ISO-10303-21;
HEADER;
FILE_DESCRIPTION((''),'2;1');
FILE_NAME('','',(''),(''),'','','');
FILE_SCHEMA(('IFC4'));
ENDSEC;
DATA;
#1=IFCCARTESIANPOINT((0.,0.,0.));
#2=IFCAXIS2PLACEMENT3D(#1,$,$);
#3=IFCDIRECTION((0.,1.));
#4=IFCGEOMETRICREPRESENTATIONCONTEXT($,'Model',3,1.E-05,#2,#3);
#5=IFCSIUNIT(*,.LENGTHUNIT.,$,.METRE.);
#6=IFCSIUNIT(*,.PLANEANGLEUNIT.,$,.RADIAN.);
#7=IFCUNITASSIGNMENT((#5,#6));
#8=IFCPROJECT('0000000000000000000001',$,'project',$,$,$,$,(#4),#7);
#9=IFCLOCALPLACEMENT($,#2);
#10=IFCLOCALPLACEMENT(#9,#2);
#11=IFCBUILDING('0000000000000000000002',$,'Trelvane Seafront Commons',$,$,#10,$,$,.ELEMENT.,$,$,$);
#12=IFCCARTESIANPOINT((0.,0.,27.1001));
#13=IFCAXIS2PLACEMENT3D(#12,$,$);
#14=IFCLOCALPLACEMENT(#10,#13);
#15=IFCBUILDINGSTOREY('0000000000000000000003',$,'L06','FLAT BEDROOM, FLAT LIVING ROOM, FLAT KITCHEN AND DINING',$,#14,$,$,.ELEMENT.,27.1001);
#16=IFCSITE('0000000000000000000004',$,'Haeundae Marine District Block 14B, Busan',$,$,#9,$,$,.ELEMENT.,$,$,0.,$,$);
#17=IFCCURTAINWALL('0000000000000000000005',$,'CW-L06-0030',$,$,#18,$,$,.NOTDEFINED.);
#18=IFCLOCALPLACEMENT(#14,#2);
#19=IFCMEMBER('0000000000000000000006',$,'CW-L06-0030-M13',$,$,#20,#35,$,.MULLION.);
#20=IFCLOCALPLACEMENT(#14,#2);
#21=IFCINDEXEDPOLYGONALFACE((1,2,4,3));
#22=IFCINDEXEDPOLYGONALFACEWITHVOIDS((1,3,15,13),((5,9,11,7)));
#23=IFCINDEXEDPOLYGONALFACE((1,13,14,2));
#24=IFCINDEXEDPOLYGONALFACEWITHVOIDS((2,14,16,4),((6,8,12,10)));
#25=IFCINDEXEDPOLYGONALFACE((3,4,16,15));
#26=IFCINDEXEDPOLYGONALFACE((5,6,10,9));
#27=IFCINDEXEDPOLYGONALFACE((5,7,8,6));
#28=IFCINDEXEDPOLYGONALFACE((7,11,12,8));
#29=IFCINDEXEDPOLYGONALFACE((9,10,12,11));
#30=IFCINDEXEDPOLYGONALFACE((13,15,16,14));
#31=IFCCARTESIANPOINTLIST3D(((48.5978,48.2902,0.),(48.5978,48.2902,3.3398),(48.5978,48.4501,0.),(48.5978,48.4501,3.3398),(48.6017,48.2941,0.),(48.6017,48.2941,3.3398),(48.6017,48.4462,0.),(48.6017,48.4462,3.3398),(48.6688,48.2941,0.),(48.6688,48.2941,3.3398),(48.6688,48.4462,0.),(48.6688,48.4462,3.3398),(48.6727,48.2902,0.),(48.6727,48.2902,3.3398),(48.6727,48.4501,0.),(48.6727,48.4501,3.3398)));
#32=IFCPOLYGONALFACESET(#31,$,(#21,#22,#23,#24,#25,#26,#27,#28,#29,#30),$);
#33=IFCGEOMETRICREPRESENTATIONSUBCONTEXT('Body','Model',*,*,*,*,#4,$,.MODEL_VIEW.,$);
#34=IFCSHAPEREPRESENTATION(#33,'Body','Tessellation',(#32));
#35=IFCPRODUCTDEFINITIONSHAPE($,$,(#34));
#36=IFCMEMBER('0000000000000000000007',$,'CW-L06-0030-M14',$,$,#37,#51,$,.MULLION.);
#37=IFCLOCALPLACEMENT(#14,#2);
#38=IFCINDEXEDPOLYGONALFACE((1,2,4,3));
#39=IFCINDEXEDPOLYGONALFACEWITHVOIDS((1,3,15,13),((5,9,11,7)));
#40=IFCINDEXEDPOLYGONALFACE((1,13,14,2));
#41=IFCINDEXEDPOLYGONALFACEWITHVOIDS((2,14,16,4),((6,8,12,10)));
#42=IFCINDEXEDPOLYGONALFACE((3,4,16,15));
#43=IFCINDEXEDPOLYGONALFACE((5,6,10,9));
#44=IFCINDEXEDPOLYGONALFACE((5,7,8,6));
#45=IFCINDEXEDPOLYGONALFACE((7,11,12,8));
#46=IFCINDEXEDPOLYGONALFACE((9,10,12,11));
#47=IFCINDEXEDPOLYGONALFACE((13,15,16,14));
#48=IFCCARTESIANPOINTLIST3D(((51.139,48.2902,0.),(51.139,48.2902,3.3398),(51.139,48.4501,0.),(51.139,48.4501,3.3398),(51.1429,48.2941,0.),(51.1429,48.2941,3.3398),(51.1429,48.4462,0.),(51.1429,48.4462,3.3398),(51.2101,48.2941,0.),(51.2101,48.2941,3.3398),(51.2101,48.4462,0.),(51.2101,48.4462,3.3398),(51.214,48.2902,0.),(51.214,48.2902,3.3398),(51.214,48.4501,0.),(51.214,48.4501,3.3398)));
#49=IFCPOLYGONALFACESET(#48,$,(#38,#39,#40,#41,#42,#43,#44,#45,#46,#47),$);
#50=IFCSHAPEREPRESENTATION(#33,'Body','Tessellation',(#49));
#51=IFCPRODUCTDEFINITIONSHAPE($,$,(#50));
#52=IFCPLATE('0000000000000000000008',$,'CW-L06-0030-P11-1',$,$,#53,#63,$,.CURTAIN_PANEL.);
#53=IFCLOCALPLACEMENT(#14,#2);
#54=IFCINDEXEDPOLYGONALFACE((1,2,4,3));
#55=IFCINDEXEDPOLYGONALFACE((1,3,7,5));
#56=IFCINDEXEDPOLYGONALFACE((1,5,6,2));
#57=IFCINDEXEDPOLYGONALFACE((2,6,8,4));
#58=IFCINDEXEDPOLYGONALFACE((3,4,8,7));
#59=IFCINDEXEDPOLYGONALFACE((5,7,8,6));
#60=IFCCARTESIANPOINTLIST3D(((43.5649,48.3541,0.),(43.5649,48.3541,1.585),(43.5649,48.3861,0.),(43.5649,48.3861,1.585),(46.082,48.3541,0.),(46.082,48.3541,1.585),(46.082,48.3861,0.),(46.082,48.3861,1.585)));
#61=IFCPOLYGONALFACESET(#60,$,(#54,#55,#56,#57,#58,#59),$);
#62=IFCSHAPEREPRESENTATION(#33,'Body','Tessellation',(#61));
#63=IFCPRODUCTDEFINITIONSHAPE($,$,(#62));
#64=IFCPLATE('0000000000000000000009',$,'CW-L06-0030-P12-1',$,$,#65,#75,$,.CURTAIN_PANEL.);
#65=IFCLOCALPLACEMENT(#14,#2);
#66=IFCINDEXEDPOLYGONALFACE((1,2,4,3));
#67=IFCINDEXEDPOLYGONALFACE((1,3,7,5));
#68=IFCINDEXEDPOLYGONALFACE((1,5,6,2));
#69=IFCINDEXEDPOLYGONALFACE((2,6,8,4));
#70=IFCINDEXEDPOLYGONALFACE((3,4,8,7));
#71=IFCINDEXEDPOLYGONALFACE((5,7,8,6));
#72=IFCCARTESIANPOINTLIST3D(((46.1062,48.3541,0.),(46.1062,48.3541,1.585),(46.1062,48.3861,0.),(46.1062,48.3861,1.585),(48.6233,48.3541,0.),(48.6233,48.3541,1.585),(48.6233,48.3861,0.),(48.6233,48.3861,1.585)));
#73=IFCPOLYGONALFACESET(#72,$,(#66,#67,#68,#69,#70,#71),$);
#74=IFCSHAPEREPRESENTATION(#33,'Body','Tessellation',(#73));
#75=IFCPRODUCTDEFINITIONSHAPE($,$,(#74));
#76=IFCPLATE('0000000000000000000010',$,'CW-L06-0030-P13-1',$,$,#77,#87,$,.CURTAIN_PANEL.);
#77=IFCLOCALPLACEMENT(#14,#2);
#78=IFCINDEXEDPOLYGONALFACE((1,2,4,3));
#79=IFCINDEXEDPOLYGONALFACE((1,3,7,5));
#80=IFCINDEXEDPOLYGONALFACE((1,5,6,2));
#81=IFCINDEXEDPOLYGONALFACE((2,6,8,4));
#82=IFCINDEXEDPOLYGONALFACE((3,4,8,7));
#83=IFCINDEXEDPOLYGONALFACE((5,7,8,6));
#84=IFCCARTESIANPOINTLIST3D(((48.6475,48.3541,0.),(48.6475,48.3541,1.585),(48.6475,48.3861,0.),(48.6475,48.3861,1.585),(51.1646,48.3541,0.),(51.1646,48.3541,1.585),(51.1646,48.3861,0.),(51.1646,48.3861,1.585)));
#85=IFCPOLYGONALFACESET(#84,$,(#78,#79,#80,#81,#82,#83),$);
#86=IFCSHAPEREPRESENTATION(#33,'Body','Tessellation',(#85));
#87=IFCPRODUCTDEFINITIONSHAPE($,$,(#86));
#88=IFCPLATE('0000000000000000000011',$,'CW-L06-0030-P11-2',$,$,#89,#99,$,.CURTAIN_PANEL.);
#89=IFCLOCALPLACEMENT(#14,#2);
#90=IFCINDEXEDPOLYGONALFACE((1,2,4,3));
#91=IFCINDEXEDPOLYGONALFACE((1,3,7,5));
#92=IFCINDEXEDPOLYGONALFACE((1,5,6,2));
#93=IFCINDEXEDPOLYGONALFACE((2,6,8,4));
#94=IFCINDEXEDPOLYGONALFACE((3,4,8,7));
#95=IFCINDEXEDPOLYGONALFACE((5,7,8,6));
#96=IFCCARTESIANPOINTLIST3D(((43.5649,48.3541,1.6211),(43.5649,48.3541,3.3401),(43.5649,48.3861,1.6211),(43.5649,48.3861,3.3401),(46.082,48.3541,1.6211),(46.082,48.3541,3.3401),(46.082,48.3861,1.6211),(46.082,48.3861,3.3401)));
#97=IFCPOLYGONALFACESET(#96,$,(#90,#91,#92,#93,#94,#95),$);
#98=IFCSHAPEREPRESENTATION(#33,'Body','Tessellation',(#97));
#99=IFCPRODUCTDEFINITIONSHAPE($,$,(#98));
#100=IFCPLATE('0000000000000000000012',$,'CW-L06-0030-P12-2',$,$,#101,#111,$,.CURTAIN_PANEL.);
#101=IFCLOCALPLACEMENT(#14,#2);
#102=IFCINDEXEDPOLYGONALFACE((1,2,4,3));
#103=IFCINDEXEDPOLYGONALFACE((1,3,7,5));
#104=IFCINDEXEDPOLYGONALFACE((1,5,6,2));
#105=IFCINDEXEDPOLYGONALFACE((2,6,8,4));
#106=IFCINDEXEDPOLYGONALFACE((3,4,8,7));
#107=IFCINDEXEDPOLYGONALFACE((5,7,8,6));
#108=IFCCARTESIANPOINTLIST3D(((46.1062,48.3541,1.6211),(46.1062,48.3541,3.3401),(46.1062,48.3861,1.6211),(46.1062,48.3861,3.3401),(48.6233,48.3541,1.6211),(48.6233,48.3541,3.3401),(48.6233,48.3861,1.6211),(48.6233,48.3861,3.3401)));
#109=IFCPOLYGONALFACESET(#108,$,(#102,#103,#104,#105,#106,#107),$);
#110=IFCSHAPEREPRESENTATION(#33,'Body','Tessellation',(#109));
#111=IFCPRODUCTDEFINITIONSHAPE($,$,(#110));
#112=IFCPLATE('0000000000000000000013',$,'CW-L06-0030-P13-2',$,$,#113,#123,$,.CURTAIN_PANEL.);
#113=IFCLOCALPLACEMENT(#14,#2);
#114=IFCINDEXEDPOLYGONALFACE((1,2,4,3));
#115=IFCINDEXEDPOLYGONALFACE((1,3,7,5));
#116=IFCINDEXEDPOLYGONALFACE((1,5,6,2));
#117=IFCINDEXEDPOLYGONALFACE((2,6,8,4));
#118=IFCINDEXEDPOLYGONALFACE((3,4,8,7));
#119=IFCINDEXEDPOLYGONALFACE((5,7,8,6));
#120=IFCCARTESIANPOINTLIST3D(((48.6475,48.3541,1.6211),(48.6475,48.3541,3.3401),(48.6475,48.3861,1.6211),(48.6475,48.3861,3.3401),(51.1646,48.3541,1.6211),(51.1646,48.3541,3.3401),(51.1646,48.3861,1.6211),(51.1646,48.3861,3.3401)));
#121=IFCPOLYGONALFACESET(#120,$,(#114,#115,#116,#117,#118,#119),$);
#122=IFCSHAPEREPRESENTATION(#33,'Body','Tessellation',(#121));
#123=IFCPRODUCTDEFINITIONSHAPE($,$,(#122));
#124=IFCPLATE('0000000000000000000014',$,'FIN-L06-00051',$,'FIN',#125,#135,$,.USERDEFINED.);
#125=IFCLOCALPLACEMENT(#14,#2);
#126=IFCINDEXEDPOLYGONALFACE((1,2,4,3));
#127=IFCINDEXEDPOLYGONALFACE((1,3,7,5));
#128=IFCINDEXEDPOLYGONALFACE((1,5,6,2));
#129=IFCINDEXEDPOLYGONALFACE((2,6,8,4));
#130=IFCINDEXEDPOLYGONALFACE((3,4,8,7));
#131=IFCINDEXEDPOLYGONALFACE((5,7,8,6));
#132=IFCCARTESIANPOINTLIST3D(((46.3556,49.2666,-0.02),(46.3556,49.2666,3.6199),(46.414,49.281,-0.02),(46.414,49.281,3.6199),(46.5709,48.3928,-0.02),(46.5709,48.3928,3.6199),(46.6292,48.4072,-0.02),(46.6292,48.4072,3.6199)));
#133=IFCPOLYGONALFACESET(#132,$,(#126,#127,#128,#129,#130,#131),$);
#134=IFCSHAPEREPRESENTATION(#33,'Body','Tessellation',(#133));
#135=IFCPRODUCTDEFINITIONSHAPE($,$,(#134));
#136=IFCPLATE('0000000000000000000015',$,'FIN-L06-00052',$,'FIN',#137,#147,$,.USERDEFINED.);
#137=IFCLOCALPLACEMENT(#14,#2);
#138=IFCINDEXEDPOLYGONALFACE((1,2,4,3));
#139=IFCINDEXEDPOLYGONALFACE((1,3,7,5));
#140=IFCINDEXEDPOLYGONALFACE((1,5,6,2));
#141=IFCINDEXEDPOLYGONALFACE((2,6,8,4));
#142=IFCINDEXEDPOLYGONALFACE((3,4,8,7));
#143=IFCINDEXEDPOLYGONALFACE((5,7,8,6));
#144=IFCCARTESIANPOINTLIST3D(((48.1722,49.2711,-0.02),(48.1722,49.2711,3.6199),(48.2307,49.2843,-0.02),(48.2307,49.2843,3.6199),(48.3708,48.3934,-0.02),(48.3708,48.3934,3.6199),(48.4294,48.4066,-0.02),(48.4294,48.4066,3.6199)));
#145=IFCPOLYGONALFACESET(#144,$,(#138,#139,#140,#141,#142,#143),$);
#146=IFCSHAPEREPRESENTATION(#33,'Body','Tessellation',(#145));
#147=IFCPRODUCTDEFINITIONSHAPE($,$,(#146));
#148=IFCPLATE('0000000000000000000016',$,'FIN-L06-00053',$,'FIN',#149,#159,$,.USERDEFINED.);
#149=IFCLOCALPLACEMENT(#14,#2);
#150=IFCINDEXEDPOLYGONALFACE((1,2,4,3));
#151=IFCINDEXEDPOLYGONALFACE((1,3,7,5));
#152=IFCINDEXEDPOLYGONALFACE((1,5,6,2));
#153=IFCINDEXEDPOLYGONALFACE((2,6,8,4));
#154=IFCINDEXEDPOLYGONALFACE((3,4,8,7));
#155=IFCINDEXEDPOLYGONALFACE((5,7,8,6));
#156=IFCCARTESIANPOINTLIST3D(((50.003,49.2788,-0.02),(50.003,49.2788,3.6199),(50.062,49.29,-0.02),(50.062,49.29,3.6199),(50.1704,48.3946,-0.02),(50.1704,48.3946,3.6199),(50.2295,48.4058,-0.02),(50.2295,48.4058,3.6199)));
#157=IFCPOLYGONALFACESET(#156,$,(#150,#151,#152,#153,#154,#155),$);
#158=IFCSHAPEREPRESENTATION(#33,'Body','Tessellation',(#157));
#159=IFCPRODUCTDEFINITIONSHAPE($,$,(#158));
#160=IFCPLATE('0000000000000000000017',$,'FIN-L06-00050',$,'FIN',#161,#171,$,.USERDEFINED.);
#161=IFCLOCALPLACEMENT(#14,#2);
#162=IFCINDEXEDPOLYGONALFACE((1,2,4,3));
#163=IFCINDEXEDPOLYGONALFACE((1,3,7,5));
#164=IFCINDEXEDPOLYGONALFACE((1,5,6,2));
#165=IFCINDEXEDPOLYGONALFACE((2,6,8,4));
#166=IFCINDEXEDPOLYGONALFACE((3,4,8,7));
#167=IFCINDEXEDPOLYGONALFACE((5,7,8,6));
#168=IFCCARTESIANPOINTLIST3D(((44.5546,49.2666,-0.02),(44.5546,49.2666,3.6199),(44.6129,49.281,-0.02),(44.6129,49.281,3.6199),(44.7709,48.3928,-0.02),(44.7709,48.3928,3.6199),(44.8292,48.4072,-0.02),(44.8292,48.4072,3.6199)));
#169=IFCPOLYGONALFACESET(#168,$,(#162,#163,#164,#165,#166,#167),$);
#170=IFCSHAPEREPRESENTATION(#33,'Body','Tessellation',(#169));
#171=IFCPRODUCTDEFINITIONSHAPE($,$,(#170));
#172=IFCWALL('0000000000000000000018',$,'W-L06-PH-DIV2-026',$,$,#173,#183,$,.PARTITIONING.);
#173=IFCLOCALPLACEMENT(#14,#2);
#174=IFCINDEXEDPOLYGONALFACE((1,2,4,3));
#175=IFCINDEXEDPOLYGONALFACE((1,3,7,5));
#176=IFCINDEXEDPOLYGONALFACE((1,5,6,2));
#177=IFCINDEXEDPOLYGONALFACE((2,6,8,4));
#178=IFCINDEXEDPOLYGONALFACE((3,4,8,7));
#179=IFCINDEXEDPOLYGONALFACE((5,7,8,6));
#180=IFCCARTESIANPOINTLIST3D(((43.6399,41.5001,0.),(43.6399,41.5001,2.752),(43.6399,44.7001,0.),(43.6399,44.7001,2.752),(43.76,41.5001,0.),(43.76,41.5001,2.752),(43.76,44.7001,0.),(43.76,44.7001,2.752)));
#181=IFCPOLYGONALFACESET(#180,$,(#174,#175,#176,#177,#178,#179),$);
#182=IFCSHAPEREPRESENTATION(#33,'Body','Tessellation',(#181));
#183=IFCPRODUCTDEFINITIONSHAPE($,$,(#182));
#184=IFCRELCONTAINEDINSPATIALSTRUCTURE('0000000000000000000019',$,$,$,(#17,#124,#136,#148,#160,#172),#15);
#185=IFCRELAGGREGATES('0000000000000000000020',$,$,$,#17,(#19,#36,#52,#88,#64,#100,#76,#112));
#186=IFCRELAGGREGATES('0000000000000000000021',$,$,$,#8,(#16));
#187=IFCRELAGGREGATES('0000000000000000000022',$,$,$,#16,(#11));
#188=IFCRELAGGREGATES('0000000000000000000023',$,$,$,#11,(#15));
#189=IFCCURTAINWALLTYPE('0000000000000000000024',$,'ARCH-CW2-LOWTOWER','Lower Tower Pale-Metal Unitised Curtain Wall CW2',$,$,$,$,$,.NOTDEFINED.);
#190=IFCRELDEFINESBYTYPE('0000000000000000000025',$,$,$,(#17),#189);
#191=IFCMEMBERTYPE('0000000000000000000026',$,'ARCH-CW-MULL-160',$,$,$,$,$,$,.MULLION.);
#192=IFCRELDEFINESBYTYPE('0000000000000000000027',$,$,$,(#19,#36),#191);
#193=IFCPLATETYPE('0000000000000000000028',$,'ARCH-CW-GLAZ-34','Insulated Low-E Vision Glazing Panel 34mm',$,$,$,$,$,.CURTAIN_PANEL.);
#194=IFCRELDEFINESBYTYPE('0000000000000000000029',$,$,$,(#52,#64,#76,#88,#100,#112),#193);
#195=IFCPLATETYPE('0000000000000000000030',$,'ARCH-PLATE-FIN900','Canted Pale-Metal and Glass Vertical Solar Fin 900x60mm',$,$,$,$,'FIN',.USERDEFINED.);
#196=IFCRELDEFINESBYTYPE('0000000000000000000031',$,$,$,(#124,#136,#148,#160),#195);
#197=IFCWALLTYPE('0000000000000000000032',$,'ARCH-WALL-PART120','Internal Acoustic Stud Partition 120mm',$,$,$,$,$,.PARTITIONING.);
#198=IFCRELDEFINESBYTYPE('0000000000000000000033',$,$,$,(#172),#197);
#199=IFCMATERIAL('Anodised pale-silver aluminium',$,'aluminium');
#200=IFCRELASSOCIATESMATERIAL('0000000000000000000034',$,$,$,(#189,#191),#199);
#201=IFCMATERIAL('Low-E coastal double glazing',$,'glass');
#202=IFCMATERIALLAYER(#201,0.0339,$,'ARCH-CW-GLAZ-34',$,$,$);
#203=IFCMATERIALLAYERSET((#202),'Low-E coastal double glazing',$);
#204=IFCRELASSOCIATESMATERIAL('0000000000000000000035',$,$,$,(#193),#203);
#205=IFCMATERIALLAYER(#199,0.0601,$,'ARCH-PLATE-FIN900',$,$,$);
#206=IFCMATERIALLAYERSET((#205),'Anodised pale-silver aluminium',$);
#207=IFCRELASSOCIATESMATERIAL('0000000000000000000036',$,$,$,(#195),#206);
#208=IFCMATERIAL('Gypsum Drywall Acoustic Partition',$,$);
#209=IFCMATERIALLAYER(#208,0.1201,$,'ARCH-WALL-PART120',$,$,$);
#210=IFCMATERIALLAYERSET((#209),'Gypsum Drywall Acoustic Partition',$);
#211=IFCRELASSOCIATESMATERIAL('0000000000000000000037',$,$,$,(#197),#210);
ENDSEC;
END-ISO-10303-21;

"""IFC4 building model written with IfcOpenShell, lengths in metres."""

from ifc_helpers import new_model, si_unit, direction, frame, frame_2d, origin, origin_2d, place, context, subcontext, project, spatial, rectangle, hollow_rectangle, extrude, source, transform, mapped, material, layer, layer_set, material_profile, profile_set, type_object, element, aggregate, save


model = new_model("IFC4")

# Units and contexts
model_context = context("Model", 3, precision=1e-05, world=origin(), true_north=direction((0.0, 1.0)))
body_context = subcontext(model_context, "Body", "Model", "MODEL_VIEW")
ifc_project = project(units=[si_unit("LENGTHUNIT", "METRE"), si_unit("PLANEANGLEUNIT", "RADIAN")], contexts=[model_context])

# Site, building, storey
site_placement = place(None, origin())
site = spatial("IfcSite", under=ifc_project, at=site_placement, Name="Haeundae Marine District Block 14B, Busan", CompositionType="ELEMENT", RefElevation=0.0)
building_placement = place(site_placement, origin())
building = spatial("IfcBuilding", under=site, at=building_placement, Name="Trelvane Seafront Commons", CompositionType="ELEMENT")
storey_placement = place(building_placement, frame((0.0, 0.0, 27.1001)))
storey = spatial("IfcBuildingStorey", under=building, at=storey_placement, Name="L06", Description="FLAT BEDROOM, FLAT LIVING ROOM, FLAT KITCHEN AND DINING", CompositionType="ELEMENT", Elevation=27.1001)

# Curtain wall, members, plates
ifc_material_1 = material(Name="Anodised pale-silver aluminium", Category="aluminium")
curtain_wall_type = type_object("IfcCurtainWallType", Name="ARCH-CW2-LOWTOWER", Description="Lower Tower Pale-Metal Unitised Curtain Wall CW2", PredefinedType="NOTDEFINED", material=ifc_material_1)
curtain_wall_placement = place(storey_placement, origin())
curtain_wall = element("IfcCurtainWall", 1, at=curtain_wall_placement, inside=storey, type_object=curtain_wall_type, Name="CW-L06-0030", PredefinedType="NOTDEFINED")
ifc_material_profile_1 = material_profile(ifc_material_1, hollow_rectangle(XDim=0.075, YDim=0.1599, WallThickness=0.0039, at=origin_2d()), Name="MULL-75x160x4")
ifc_profile_set_1 = profile_set([ifc_material_profile_1], Name="Anodised pale-silver aluminium")
member_type_1 = type_object("IfcMemberType", Name="ARCH-CW-MULL-160", PredefinedType="MULLION", material=ifc_profile_set_1)
shared_shape_1 = source(origin(), body_context, "Body", "SweptSolid", [
    extrude(hollow_rectangle(XDim=0.075, YDim=0.1599, WallThickness=0.0039, at=origin_2d()), origin(), (0.0, 0.0, 1.0), 3.3398),
])
member_1_placement = place(storey_placement, frame((48.6353, 48.3701, 0.0), z_axis=(0.0, 0.0, 1.0), x_axis=(1.0, 0.0, 0.0)))
member_1 = element("IfcMember", 2, at=member_1_placement, type_object=member_type_1, Name="CW-L06-0030-M13", PredefinedType="MULLION", context=body_context, shape_type="MappedRepresentation", body=[
    mapped(shared_shape_1, transform((0.0, 0.0, 0.0), x_axis=(1.0, 0.0, 0.0), y_axis=(0.0, 1.0, 0.0), z_axis=(0.0, 0.0, 1.0), scale=1.0)),
])
member_2_placement = place(storey_placement, frame((51.1765, 48.3701, 0.0), z_axis=(0.0, 0.0, 1.0), x_axis=(1.0, 0.0, 0.0)))
member_2 = element("IfcMember", 3, at=member_2_placement, type_object=member_type_1, Name="CW-L06-0030-M14", PredefinedType="MULLION", context=body_context, shape_type="MappedRepresentation", body=[
    mapped(shared_shape_1, transform((0.0, 0.0, 0.0), x_axis=(1.0, 0.0, 0.0), y_axis=(0.0, 1.0, 0.0), z_axis=(0.0, 0.0, 1.0), scale=1.0)),
])
ifc_material_2 = material(Name="Low-E coastal double glazing", Category="glass")
ifc_layer_1 = layer(ifc_material_2, 0.0339, Name="ARCH-CW-GLAZ-34")
ifc_layer_set_1 = layer_set([ifc_layer_1], Name="Low-E coastal double glazing")
plate_type_1 = type_object("IfcPlateType", Name="ARCH-CW-GLAZ-34", Description="Insulated Low-E Vision Glazing Panel 34mm", PredefinedType="CURTAIN_PANEL", material=ifc_layer_set_1)
shared_shape_2 = source(origin(), body_context, "Body", "SweptSolid", [
    extrude(rectangle(XDim=2.5171, YDim=0.032, at=origin_2d()), origin(), (0.0, 0.0, 1.0), 1.585),
])
plate_1_placement = place(storey_placement, frame((44.8235, 48.3701, 0.0), z_axis=(0.0, 0.0, 1.0), x_axis=(1.0, 0.0, 0.0)))
plate_1 = element("IfcPlate", 4, at=plate_1_placement, type_object=plate_type_1, Name="CW-L06-0030-P11-1", PredefinedType="CURTAIN_PANEL", context=body_context, shape_type="MappedRepresentation", body=[
    mapped(shared_shape_2, transform((0.0, 0.0, 0.0), x_axis=(1.0, 0.0, 0.0), y_axis=(0.0, 1.0, 0.0), z_axis=(0.0, 0.0, 1.0), scale=1.0)),
])
plate_2_placement = place(storey_placement, frame((47.3647, 48.3701, 0.0), z_axis=(0.0, 0.0, 1.0), x_axis=(1.0, 0.0, 0.0)))
plate_2 = element("IfcPlate", 5, at=plate_2_placement, type_object=plate_type_1, Name="CW-L06-0030-P12-1", PredefinedType="CURTAIN_PANEL", context=body_context, shape_type="MappedRepresentation", body=[
    mapped(shared_shape_2, transform((0.0, 0.0, 0.0), x_axis=(1.0, 0.0, 0.0), y_axis=(0.0, 1.0, 0.0), z_axis=(0.0, 0.0, 1.0), scale=1.0)),
])
plate_3_placement = place(storey_placement, frame((49.906, 48.3701, 0.0), z_axis=(0.0, 0.0, 1.0), x_axis=(1.0, 0.0, 0.0)))
plate_3 = element("IfcPlate", 6, at=plate_3_placement, type_object=plate_type_1, Name="CW-L06-0030-P13-1", PredefinedType="CURTAIN_PANEL", context=body_context, shape_type="MappedRepresentation", body=[
    mapped(shared_shape_2, transform((0.0, 0.0, 0.0), x_axis=(1.0, 0.0, 0.0), y_axis=(0.0, 1.0, 0.0), z_axis=(0.0, 0.0, 1.0), scale=1.0)),
])
shared_shape_3 = source(origin(), body_context, "Body", "SweptSolid", [
    extrude(rectangle(XDim=2.5171, YDim=0.032, at=origin_2d()), origin(), (0.0, 0.0, 1.0), 1.719),
])
plate_4_placement = place(storey_placement, frame((44.8235, 48.3701, 1.6211), z_axis=(0.0, 0.0, 1.0), x_axis=(1.0, 0.0, 0.0)))
plate_4 = element("IfcPlate", 7, at=plate_4_placement, type_object=plate_type_1, Name="CW-L06-0030-P11-2", PredefinedType="CURTAIN_PANEL", context=body_context, shape_type="MappedRepresentation", body=[
    mapped(shared_shape_3, transform((0.0, 0.0, 0.0), x_axis=(1.0, 0.0, 0.0), y_axis=(0.0, 1.0, 0.0), z_axis=(0.0, 0.0, 1.0), scale=1.0)),
])
plate_5_placement = place(storey_placement, frame((47.3647, 48.3701, 1.6211), z_axis=(0.0, 0.0, 1.0), x_axis=(1.0, 0.0, 0.0)))
plate_5 = element("IfcPlate", 8, at=plate_5_placement, type_object=plate_type_1, Name="CW-L06-0030-P12-2", PredefinedType="CURTAIN_PANEL", context=body_context, shape_type="MappedRepresentation", body=[
    mapped(shared_shape_3, transform((0.0, 0.0, 0.0), x_axis=(1.0, 0.0, 0.0), y_axis=(0.0, 1.0, 0.0), z_axis=(0.0, 0.0, 1.0), scale=1.0)),
])
plate_6_placement = place(storey_placement, frame((49.906, 48.3701, 1.6211), z_axis=(0.0, 0.0, 1.0), x_axis=(1.0, 0.0, 0.0)))
plate_6 = element("IfcPlate", 9, at=plate_6_placement, type_object=plate_type_1, Name="CW-L06-0030-P13-2", PredefinedType="CURTAIN_PANEL", context=body_context, shape_type="MappedRepresentation", body=[
    mapped(shared_shape_3, transform((0.0, 0.0, 0.0), x_axis=(1.0, 0.0, 0.0), y_axis=(0.0, 1.0, 0.0), z_axis=(0.0, 0.0, 1.0), scale=1.0)),
])
aggregate(curtain_wall, [member_1, member_2, plate_1, plate_4, plate_2, plate_5, plate_3, plate_6])

# Plates
ifc_layer_2 = layer(ifc_material_1, 0.0601, Name="ARCH-PLATE-FIN900")
ifc_layer_set_2 = layer_set([ifc_layer_2], Name="Anodised pale-silver aluminium")
plate_type_2 = type_object("IfcPlateType", Name="ARCH-PLATE-FIN900", Description="Canted Pale-Metal and Glass Vertical Solar Fin 900x60mm", ElementType="FIN", PredefinedType="USERDEFINED", material=ifc_layer_set_2)
shared_shape_4 = source(origin(), body_context, "Body", "SweptSolid", [
    extrude(rectangle(XDim=0.8999, YDim=0.0601, at=origin_2d()), origin(), (0.0, 0.0, 1.0), 3.6399),
])
for number, where, z_axis, x_axis, name in (
    (10, (46.4924, 48.8369, -0.02), (0.0, 0.0, 1.0), (-0.239215, 0.970967, 0.0), "FIN-L06-00051"),
    (11, (48.3008, 48.8389, -0.02), (0.0, 0.0, 1.0), (-0.220776, 0.975325, 0.0), "FIN-L06-00052"),
    (12, (50.1162, 48.8423, -0.02), (0.0, 0.0, 1.0), (-0.186106, 0.98253, 0.0), "FIN-L06-00053"),
):
    element("IfcPlate", number, at=place(storey_placement, frame(where, z_axis=z_axis, x_axis=x_axis)), inside=storey, type_object=plate_type_2, Name=name, ObjectType="FIN", PredefinedType="USERDEFINED", context=body_context, shape_type="MappedRepresentation", body=[
        mapped(shared_shape_4, transform((0.0, 0.0, 0.0), x_axis=(1.0, 0.0, 0.0), y_axis=(0.0, 1.0, 0.0), z_axis=(0.0, 0.0, 1.0), scale=1.0)),
    ])
shared_shape_5 = source(origin(), body_context, "Body", "SweptSolid", [
    extrude(rectangle(XDim=0.9001, YDim=0.0601, at=origin_2d()), origin(), (0.0, 0.0, 1.0), 3.6399),
])
plate_7_placement = place(storey_placement, frame((44.6919, 48.8369, -0.02), z_axis=(0.0, 0.0, 1.0), x_axis=(-0.240208, 0.970722, 0.0)))
element("IfcPlate", 13, at=plate_7_placement, inside=storey, type_object=plate_type_2, Name="FIN-L06-00050", ObjectType="FIN", PredefinedType="USERDEFINED", context=body_context, shape_type="MappedRepresentation", body=[
    mapped(shared_shape_5, transform((0.0, 0.0, 0.0), x_axis=(1.0, 0.0, 0.0), y_axis=(0.0, 1.0, 0.0), z_axis=(0.0, 0.0, 1.0), scale=1.0)),
])

# Wall
ifc_material_3 = material(Name="Gypsum Drywall Acoustic Partition")
ifc_layer_3 = layer(ifc_material_3, 0.1201, Name="ARCH-WALL-PART120")
ifc_layer_set_3 = layer_set([ifc_layer_3], Name="Gypsum Drywall Acoustic Partition")
wall_type_1 = type_object("IfcWallType", Name="ARCH-WALL-PART120", Description="Internal Acoustic Stud Partition 120mm", PredefinedType="PARTITIONING", material=ifc_layer_set_3)
wall_1_placement = place(storey_placement, frame((43.7, 41.5, 0.0), z_axis=(0.0, 0.0, 1.0), x_axis=(0.0, 1.0, 0.0)))
element("IfcWall", 14, at=wall_1_placement, inside=storey, type_object=wall_type_1, Name="W-L06-PH-DIV2-026", PredefinedType="PARTITIONING", context=body_context, shape_type="SweptSolid", body=[
    extrude(rectangle(XDim=3.2, YDim=0.1201, at=frame_2d((1.6001, 0.0))), origin(), (0.0, 0.0, 1.0), 2.752),
])

save(model, "model.ifc")
